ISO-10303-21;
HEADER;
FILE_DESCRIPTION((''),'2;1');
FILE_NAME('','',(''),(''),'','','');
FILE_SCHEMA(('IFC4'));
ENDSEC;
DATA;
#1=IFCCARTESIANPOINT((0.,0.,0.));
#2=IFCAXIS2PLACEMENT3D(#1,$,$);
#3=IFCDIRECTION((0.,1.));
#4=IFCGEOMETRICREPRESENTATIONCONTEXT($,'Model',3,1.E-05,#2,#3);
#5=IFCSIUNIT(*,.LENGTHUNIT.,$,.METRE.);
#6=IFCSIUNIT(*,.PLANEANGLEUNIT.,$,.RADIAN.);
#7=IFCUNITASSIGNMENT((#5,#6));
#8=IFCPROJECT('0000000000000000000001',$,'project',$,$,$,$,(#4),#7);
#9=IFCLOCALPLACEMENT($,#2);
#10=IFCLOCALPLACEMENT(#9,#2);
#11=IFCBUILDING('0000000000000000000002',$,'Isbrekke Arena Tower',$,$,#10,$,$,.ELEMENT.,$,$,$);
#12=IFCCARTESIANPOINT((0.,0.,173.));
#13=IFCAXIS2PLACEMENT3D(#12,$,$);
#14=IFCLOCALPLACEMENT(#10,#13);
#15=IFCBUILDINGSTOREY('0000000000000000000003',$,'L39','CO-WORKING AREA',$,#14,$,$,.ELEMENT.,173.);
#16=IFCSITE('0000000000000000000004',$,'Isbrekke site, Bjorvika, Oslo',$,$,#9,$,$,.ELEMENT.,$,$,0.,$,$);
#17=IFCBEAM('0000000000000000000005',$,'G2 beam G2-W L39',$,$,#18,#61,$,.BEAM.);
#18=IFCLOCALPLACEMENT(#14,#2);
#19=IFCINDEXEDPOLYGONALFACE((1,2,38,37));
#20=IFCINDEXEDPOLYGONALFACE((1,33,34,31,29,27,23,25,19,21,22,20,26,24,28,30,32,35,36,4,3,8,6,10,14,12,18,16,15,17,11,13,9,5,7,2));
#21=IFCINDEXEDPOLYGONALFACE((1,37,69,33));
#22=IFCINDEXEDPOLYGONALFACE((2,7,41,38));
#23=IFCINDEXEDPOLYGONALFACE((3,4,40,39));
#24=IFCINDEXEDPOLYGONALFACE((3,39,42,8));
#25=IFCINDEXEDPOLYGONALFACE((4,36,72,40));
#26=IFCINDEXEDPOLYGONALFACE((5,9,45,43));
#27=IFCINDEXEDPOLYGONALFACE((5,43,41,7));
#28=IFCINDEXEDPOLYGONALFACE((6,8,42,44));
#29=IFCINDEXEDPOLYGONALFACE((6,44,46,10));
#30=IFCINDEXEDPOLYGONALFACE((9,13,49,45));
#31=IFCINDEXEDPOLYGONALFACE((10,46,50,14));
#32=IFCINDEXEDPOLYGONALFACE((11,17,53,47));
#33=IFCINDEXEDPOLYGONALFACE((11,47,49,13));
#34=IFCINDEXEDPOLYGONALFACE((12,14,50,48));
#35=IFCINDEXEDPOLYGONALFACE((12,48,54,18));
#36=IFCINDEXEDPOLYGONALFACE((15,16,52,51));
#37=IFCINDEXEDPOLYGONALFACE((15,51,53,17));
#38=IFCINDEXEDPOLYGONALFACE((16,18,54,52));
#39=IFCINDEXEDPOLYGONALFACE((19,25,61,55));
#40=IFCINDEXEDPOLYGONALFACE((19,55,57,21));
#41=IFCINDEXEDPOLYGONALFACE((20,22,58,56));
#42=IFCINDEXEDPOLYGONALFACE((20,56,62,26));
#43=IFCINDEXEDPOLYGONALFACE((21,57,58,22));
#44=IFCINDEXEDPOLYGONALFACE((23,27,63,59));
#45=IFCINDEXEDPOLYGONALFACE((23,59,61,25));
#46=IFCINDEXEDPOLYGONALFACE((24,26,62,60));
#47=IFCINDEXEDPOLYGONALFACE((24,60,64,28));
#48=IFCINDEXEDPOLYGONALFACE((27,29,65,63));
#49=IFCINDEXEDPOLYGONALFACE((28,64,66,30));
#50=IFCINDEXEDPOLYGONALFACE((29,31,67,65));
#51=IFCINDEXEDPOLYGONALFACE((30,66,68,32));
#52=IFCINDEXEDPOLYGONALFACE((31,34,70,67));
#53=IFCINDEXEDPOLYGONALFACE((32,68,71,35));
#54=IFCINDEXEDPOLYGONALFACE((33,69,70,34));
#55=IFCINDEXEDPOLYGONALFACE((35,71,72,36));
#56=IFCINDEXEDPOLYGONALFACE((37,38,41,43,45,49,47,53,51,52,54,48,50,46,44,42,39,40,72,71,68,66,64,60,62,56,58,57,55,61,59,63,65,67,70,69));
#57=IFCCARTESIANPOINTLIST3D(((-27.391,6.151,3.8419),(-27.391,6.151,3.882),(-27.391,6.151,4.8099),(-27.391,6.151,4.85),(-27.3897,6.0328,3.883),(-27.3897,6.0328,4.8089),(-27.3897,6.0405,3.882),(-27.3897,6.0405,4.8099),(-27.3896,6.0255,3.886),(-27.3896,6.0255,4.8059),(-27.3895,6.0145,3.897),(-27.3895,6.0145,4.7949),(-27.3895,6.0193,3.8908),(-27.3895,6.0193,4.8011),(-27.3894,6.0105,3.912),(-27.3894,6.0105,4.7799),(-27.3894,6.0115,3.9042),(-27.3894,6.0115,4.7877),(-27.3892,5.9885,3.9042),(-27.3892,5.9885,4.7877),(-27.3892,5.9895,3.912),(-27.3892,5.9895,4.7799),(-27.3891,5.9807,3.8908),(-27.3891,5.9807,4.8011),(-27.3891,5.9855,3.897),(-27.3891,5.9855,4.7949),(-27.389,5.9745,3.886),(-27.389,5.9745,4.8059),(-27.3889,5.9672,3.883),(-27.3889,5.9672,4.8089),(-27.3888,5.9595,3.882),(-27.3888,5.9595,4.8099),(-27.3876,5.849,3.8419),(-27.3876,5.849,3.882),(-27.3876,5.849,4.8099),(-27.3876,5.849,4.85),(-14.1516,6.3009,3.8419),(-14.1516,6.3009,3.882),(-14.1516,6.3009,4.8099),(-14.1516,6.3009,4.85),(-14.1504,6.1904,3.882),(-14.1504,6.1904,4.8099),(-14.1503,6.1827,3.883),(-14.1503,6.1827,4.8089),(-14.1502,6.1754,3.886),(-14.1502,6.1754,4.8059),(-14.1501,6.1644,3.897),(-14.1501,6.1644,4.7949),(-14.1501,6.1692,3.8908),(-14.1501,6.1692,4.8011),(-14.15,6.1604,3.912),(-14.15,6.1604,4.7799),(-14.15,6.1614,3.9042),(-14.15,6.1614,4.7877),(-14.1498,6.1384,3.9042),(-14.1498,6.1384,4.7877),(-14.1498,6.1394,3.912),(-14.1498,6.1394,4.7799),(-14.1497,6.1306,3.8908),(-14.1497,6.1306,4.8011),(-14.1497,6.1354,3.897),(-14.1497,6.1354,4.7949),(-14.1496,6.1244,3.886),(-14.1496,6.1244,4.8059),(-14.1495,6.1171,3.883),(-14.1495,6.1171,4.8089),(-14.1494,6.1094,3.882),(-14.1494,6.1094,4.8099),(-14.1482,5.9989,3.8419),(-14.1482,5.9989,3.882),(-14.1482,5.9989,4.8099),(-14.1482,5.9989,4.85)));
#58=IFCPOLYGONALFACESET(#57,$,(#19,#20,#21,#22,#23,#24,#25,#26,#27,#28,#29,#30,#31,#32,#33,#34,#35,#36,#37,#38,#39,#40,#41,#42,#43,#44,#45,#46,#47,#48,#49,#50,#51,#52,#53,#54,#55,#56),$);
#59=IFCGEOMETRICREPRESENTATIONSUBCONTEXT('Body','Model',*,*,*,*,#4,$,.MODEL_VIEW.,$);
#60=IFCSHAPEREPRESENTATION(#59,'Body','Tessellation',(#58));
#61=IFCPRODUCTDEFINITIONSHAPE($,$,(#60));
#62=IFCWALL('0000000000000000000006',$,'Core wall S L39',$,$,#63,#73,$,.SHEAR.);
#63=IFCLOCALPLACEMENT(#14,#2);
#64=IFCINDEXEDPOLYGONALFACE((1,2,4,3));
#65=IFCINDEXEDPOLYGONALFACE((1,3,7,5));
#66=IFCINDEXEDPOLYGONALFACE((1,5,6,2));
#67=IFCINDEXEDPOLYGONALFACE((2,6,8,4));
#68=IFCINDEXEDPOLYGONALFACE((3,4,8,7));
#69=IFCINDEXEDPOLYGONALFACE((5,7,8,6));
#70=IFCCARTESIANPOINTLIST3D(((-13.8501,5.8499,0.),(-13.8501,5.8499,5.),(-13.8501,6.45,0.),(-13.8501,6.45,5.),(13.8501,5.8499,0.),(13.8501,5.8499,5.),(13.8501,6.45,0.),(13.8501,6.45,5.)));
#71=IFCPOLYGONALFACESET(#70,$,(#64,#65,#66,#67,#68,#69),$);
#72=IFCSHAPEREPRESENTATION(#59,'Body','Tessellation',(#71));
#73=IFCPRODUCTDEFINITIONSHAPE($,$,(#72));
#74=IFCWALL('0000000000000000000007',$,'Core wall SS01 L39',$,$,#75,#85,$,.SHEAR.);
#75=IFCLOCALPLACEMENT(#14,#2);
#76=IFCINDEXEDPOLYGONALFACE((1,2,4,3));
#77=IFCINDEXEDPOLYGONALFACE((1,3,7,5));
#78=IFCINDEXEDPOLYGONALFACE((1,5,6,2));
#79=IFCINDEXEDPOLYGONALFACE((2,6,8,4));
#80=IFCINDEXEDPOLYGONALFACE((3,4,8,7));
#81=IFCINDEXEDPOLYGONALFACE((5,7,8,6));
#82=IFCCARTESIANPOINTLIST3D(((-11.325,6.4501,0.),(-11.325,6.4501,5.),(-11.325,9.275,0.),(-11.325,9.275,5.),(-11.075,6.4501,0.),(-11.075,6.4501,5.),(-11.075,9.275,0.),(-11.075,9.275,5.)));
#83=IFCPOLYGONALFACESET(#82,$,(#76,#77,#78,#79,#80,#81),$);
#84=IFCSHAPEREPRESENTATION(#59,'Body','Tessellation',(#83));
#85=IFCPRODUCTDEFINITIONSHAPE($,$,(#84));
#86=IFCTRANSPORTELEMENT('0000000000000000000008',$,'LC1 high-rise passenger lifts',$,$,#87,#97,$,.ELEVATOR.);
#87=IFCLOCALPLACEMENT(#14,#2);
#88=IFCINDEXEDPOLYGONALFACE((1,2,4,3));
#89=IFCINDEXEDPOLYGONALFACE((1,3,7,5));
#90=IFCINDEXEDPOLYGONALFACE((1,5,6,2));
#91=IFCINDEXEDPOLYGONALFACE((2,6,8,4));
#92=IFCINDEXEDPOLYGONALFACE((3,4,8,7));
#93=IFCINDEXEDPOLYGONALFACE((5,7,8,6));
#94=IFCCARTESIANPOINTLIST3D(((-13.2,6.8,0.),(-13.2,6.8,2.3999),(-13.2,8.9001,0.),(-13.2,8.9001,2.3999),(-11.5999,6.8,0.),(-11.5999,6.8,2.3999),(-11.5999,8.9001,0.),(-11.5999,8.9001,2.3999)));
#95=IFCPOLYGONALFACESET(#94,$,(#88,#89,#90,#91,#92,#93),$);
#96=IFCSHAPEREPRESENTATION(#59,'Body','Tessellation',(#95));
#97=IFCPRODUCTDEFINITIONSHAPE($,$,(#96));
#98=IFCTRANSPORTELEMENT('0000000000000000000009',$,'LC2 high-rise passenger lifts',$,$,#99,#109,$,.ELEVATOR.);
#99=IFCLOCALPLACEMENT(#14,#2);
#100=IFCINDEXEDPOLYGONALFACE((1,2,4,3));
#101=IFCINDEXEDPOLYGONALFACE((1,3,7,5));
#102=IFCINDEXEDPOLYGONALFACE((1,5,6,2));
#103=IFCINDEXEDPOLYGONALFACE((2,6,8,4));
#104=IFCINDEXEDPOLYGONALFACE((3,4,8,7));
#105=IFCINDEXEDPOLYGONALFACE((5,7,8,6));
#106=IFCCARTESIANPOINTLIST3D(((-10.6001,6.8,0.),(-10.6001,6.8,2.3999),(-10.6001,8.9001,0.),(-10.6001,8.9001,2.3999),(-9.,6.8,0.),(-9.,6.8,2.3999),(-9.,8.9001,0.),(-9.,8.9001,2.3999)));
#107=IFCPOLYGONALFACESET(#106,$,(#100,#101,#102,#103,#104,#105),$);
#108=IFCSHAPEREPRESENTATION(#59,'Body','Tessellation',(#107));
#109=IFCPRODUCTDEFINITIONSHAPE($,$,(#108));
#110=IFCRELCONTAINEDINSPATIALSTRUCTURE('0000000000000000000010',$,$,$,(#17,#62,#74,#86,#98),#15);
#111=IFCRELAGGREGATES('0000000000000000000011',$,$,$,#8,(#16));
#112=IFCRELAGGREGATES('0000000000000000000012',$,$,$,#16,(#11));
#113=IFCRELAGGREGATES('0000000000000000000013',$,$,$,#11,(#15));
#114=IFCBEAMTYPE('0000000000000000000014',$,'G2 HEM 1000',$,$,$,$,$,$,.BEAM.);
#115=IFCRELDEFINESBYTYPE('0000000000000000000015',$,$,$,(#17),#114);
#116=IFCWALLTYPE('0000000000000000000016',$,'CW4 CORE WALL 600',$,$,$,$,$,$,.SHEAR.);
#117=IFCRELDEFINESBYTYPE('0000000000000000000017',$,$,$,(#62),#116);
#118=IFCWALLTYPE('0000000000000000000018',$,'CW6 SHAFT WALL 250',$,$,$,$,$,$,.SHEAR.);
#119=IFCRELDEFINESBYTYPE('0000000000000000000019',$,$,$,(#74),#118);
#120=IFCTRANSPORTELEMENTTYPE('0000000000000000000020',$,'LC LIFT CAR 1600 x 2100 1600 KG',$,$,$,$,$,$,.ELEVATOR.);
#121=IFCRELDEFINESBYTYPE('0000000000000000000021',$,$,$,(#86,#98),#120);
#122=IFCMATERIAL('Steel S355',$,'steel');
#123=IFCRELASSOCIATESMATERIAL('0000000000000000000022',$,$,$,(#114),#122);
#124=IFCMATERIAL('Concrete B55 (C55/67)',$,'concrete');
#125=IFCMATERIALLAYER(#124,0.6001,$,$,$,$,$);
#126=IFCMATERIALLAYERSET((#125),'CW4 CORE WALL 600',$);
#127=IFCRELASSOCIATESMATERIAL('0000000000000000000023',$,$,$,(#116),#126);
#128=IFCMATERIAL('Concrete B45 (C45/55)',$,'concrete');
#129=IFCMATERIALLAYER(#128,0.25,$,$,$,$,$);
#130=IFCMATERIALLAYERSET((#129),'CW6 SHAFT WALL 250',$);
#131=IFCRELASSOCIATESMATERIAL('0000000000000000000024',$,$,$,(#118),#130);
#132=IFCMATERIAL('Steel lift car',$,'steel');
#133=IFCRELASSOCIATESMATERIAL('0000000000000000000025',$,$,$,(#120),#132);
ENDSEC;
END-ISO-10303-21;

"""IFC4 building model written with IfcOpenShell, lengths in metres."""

from ifc_helpers import new_model, si_unit, direction, frame, frame_2d, origin, origin_2d, place, context, subcontext, project, spatial, rectangle, i_section, extrude, material, layer, layer_set, material_profile, profile_set, type_object, element, save


model = new_model("IFC4")

# Units and contexts
model_context = context("Model", 3, precision=1e-05, world=origin(), true_north=direction((0.0, 1.0)))
body_context = subcontext(model_context, "Body", "Model", "MODEL_VIEW")
ifc_project = project(units=[si_unit("LENGTHUNIT", "METRE"), si_unit("PLANEANGLEUNIT", "RADIAN")], contexts=[model_context])

# Site, building, storey
site_placement = place(None, origin())
site = spatial("IfcSite", under=ifc_project, at=site_placement, Name="Isbrekke site, Bjorvika, Oslo", CompositionType="ELEMENT", RefElevation=0.0)
building_placement = place(site_placement, origin())
building = spatial("IfcBuilding", under=site, at=building_placement, Name="Isbrekke Arena Tower", CompositionType="ELEMENT")
storey_placement = place(building_placement, frame((0.0, 0.0, 173.0)))
storey = spatial("IfcBuildingStorey", under=building, at=storey_placement, Name="L39", Description="CO-WORKING AREA", CompositionType="ELEMENT", Elevation=173.0)

# Beam
ifc_material_1 = material(Name="Steel S355", Category="steel")
ifc_material_profile = material_profile(ifc_material_1, i_section(OverallWidth=0.302, OverallDepth=1.0081, WebThickness=0.021, FlangeThickness=0.04, FilletRadius=0.03, at=origin_2d()), Name="HEM 1000")
ifc_profile_set = profile_set([ifc_material_profile], Name="Steel S355")
beam_type = type_object("IfcBeamType", Name="G2 HEM 1000", PredefinedType="BEAM", material=ifc_profile_set)
beam_placement = place(storey_placement, frame((-14.1499, 6.1499, 4.3459), z_axis=(-0.999936, -0.011322, 0.0), x_axis=(0.011322, -0.999936, 0.0)))
element("IfcBeam", 1, at=beam_placement, inside=storey, type_object=beam_type, Name="G2 beam G2-W L39", PredefinedType="BEAM", context=body_context, shape_type="SweptSolid", body=[
    extrude(i_section(OverallWidth=0.302, OverallDepth=1.0081, WebThickness=0.021, FlangeThickness=0.04, FilletRadius=0.03, at=origin_2d()), origin(), (0.0, 0.0, 1.0), 13.2402),
])

# Wall
ifc_material_2 = material(Name="Concrete B55 (C55/67)", Category="concrete")
ifc_layer_1 = layer(ifc_material_2, 0.6001)
ifc_layer_set_1 = layer_set([ifc_layer_1], Name="CW4 CORE WALL 600")
wall_type_1 = type_object("IfcWallType", Name="CW4 CORE WALL 600", PredefinedType="SHEAR", material=ifc_layer_set_1)
wall_1_placement = place(storey_placement, frame((-13.8501, 6.1499, 0.0), z_axis=(0.0, 0.0, 1.0), x_axis=(1.0, 0.0, 0.0)))
element("IfcWall", 2, at=wall_1_placement, inside=storey, type_object=wall_type_1, Name="Core wall S L39", PredefinedType="SHEAR", context=body_context, shape_type="SweptSolid", body=[
    extrude(rectangle(XDim=27.7002, YDim=0.6001, at=frame_2d((13.8501, 0.0))), origin(), (0.0, 0.0, 1.0), 5.0),
])

# Shared definitions
ifc_material_3 = material(Name="Concrete B45 (C45/55)", Category="concrete")
ifc_layer_2 = layer(ifc_material_3, 0.25)
ifc_layer_set_2 = layer_set([ifc_layer_2], Name="CW6 SHAFT WALL 250")
wall_type_2 = type_object("IfcWallType", Name="CW6 SHAFT WALL 250", PredefinedType="SHEAR", material=ifc_layer_set_2)

# Wall
wall_2_placement = place(storey_placement, frame((-11.2, 6.45, 0.0), z_axis=(0.0, 0.0, 1.0), x_axis=(0.0, 1.0, 0.0)))
element("IfcWall", 3, at=wall_2_placement, inside=storey, type_object=wall_type_2, Name="Core wall SS01 L39", PredefinedType="SHEAR", context=body_context, shape_type="SweptSolid", body=[
    extrude(rectangle(XDim=2.825, YDim=0.25, at=frame_2d((1.4126, 0.0))), origin(), (0.0, 0.0, 1.0), 5.0),
])

# Transport elements
ifc_material_4 = material(Name="Steel lift car", Category="steel")
transport_element_type = type_object("IfcTransportElementType", Name="LC LIFT CAR 1600 x 2100 1600 KG", PredefinedType="ELEVATOR", material=ifc_material_4)
for number, where, z_axis, x_axis, name in (
    (4, (-12.3999, 7.8501, 0.0), (0.0, 0.0, 1.0), (1.0, 0.0, 0.0), "LC1 high-rise passenger lifts"),
    (5, (-9.8, 7.8501, 0.0), (0.0, 0.0, 1.0), (1.0, 0.0, 0.0), "LC2 high-rise passenger lifts"),
):
    element("IfcTransportElement", number, at=place(storey_placement, frame(where, z_axis=z_axis, x_axis=x_axis)), inside=storey, type_object=transport_element_type, Name=name, PredefinedType="ELEVATOR", context=body_context, shape_type="SweptSolid", body=[
        extrude(rectangle(XDim=1.6001, YDim=2.1001, at=origin_2d()), origin(), (0.0, 0.0, 1.0), 2.3999),
    ])

save(model, "model.ifc")
